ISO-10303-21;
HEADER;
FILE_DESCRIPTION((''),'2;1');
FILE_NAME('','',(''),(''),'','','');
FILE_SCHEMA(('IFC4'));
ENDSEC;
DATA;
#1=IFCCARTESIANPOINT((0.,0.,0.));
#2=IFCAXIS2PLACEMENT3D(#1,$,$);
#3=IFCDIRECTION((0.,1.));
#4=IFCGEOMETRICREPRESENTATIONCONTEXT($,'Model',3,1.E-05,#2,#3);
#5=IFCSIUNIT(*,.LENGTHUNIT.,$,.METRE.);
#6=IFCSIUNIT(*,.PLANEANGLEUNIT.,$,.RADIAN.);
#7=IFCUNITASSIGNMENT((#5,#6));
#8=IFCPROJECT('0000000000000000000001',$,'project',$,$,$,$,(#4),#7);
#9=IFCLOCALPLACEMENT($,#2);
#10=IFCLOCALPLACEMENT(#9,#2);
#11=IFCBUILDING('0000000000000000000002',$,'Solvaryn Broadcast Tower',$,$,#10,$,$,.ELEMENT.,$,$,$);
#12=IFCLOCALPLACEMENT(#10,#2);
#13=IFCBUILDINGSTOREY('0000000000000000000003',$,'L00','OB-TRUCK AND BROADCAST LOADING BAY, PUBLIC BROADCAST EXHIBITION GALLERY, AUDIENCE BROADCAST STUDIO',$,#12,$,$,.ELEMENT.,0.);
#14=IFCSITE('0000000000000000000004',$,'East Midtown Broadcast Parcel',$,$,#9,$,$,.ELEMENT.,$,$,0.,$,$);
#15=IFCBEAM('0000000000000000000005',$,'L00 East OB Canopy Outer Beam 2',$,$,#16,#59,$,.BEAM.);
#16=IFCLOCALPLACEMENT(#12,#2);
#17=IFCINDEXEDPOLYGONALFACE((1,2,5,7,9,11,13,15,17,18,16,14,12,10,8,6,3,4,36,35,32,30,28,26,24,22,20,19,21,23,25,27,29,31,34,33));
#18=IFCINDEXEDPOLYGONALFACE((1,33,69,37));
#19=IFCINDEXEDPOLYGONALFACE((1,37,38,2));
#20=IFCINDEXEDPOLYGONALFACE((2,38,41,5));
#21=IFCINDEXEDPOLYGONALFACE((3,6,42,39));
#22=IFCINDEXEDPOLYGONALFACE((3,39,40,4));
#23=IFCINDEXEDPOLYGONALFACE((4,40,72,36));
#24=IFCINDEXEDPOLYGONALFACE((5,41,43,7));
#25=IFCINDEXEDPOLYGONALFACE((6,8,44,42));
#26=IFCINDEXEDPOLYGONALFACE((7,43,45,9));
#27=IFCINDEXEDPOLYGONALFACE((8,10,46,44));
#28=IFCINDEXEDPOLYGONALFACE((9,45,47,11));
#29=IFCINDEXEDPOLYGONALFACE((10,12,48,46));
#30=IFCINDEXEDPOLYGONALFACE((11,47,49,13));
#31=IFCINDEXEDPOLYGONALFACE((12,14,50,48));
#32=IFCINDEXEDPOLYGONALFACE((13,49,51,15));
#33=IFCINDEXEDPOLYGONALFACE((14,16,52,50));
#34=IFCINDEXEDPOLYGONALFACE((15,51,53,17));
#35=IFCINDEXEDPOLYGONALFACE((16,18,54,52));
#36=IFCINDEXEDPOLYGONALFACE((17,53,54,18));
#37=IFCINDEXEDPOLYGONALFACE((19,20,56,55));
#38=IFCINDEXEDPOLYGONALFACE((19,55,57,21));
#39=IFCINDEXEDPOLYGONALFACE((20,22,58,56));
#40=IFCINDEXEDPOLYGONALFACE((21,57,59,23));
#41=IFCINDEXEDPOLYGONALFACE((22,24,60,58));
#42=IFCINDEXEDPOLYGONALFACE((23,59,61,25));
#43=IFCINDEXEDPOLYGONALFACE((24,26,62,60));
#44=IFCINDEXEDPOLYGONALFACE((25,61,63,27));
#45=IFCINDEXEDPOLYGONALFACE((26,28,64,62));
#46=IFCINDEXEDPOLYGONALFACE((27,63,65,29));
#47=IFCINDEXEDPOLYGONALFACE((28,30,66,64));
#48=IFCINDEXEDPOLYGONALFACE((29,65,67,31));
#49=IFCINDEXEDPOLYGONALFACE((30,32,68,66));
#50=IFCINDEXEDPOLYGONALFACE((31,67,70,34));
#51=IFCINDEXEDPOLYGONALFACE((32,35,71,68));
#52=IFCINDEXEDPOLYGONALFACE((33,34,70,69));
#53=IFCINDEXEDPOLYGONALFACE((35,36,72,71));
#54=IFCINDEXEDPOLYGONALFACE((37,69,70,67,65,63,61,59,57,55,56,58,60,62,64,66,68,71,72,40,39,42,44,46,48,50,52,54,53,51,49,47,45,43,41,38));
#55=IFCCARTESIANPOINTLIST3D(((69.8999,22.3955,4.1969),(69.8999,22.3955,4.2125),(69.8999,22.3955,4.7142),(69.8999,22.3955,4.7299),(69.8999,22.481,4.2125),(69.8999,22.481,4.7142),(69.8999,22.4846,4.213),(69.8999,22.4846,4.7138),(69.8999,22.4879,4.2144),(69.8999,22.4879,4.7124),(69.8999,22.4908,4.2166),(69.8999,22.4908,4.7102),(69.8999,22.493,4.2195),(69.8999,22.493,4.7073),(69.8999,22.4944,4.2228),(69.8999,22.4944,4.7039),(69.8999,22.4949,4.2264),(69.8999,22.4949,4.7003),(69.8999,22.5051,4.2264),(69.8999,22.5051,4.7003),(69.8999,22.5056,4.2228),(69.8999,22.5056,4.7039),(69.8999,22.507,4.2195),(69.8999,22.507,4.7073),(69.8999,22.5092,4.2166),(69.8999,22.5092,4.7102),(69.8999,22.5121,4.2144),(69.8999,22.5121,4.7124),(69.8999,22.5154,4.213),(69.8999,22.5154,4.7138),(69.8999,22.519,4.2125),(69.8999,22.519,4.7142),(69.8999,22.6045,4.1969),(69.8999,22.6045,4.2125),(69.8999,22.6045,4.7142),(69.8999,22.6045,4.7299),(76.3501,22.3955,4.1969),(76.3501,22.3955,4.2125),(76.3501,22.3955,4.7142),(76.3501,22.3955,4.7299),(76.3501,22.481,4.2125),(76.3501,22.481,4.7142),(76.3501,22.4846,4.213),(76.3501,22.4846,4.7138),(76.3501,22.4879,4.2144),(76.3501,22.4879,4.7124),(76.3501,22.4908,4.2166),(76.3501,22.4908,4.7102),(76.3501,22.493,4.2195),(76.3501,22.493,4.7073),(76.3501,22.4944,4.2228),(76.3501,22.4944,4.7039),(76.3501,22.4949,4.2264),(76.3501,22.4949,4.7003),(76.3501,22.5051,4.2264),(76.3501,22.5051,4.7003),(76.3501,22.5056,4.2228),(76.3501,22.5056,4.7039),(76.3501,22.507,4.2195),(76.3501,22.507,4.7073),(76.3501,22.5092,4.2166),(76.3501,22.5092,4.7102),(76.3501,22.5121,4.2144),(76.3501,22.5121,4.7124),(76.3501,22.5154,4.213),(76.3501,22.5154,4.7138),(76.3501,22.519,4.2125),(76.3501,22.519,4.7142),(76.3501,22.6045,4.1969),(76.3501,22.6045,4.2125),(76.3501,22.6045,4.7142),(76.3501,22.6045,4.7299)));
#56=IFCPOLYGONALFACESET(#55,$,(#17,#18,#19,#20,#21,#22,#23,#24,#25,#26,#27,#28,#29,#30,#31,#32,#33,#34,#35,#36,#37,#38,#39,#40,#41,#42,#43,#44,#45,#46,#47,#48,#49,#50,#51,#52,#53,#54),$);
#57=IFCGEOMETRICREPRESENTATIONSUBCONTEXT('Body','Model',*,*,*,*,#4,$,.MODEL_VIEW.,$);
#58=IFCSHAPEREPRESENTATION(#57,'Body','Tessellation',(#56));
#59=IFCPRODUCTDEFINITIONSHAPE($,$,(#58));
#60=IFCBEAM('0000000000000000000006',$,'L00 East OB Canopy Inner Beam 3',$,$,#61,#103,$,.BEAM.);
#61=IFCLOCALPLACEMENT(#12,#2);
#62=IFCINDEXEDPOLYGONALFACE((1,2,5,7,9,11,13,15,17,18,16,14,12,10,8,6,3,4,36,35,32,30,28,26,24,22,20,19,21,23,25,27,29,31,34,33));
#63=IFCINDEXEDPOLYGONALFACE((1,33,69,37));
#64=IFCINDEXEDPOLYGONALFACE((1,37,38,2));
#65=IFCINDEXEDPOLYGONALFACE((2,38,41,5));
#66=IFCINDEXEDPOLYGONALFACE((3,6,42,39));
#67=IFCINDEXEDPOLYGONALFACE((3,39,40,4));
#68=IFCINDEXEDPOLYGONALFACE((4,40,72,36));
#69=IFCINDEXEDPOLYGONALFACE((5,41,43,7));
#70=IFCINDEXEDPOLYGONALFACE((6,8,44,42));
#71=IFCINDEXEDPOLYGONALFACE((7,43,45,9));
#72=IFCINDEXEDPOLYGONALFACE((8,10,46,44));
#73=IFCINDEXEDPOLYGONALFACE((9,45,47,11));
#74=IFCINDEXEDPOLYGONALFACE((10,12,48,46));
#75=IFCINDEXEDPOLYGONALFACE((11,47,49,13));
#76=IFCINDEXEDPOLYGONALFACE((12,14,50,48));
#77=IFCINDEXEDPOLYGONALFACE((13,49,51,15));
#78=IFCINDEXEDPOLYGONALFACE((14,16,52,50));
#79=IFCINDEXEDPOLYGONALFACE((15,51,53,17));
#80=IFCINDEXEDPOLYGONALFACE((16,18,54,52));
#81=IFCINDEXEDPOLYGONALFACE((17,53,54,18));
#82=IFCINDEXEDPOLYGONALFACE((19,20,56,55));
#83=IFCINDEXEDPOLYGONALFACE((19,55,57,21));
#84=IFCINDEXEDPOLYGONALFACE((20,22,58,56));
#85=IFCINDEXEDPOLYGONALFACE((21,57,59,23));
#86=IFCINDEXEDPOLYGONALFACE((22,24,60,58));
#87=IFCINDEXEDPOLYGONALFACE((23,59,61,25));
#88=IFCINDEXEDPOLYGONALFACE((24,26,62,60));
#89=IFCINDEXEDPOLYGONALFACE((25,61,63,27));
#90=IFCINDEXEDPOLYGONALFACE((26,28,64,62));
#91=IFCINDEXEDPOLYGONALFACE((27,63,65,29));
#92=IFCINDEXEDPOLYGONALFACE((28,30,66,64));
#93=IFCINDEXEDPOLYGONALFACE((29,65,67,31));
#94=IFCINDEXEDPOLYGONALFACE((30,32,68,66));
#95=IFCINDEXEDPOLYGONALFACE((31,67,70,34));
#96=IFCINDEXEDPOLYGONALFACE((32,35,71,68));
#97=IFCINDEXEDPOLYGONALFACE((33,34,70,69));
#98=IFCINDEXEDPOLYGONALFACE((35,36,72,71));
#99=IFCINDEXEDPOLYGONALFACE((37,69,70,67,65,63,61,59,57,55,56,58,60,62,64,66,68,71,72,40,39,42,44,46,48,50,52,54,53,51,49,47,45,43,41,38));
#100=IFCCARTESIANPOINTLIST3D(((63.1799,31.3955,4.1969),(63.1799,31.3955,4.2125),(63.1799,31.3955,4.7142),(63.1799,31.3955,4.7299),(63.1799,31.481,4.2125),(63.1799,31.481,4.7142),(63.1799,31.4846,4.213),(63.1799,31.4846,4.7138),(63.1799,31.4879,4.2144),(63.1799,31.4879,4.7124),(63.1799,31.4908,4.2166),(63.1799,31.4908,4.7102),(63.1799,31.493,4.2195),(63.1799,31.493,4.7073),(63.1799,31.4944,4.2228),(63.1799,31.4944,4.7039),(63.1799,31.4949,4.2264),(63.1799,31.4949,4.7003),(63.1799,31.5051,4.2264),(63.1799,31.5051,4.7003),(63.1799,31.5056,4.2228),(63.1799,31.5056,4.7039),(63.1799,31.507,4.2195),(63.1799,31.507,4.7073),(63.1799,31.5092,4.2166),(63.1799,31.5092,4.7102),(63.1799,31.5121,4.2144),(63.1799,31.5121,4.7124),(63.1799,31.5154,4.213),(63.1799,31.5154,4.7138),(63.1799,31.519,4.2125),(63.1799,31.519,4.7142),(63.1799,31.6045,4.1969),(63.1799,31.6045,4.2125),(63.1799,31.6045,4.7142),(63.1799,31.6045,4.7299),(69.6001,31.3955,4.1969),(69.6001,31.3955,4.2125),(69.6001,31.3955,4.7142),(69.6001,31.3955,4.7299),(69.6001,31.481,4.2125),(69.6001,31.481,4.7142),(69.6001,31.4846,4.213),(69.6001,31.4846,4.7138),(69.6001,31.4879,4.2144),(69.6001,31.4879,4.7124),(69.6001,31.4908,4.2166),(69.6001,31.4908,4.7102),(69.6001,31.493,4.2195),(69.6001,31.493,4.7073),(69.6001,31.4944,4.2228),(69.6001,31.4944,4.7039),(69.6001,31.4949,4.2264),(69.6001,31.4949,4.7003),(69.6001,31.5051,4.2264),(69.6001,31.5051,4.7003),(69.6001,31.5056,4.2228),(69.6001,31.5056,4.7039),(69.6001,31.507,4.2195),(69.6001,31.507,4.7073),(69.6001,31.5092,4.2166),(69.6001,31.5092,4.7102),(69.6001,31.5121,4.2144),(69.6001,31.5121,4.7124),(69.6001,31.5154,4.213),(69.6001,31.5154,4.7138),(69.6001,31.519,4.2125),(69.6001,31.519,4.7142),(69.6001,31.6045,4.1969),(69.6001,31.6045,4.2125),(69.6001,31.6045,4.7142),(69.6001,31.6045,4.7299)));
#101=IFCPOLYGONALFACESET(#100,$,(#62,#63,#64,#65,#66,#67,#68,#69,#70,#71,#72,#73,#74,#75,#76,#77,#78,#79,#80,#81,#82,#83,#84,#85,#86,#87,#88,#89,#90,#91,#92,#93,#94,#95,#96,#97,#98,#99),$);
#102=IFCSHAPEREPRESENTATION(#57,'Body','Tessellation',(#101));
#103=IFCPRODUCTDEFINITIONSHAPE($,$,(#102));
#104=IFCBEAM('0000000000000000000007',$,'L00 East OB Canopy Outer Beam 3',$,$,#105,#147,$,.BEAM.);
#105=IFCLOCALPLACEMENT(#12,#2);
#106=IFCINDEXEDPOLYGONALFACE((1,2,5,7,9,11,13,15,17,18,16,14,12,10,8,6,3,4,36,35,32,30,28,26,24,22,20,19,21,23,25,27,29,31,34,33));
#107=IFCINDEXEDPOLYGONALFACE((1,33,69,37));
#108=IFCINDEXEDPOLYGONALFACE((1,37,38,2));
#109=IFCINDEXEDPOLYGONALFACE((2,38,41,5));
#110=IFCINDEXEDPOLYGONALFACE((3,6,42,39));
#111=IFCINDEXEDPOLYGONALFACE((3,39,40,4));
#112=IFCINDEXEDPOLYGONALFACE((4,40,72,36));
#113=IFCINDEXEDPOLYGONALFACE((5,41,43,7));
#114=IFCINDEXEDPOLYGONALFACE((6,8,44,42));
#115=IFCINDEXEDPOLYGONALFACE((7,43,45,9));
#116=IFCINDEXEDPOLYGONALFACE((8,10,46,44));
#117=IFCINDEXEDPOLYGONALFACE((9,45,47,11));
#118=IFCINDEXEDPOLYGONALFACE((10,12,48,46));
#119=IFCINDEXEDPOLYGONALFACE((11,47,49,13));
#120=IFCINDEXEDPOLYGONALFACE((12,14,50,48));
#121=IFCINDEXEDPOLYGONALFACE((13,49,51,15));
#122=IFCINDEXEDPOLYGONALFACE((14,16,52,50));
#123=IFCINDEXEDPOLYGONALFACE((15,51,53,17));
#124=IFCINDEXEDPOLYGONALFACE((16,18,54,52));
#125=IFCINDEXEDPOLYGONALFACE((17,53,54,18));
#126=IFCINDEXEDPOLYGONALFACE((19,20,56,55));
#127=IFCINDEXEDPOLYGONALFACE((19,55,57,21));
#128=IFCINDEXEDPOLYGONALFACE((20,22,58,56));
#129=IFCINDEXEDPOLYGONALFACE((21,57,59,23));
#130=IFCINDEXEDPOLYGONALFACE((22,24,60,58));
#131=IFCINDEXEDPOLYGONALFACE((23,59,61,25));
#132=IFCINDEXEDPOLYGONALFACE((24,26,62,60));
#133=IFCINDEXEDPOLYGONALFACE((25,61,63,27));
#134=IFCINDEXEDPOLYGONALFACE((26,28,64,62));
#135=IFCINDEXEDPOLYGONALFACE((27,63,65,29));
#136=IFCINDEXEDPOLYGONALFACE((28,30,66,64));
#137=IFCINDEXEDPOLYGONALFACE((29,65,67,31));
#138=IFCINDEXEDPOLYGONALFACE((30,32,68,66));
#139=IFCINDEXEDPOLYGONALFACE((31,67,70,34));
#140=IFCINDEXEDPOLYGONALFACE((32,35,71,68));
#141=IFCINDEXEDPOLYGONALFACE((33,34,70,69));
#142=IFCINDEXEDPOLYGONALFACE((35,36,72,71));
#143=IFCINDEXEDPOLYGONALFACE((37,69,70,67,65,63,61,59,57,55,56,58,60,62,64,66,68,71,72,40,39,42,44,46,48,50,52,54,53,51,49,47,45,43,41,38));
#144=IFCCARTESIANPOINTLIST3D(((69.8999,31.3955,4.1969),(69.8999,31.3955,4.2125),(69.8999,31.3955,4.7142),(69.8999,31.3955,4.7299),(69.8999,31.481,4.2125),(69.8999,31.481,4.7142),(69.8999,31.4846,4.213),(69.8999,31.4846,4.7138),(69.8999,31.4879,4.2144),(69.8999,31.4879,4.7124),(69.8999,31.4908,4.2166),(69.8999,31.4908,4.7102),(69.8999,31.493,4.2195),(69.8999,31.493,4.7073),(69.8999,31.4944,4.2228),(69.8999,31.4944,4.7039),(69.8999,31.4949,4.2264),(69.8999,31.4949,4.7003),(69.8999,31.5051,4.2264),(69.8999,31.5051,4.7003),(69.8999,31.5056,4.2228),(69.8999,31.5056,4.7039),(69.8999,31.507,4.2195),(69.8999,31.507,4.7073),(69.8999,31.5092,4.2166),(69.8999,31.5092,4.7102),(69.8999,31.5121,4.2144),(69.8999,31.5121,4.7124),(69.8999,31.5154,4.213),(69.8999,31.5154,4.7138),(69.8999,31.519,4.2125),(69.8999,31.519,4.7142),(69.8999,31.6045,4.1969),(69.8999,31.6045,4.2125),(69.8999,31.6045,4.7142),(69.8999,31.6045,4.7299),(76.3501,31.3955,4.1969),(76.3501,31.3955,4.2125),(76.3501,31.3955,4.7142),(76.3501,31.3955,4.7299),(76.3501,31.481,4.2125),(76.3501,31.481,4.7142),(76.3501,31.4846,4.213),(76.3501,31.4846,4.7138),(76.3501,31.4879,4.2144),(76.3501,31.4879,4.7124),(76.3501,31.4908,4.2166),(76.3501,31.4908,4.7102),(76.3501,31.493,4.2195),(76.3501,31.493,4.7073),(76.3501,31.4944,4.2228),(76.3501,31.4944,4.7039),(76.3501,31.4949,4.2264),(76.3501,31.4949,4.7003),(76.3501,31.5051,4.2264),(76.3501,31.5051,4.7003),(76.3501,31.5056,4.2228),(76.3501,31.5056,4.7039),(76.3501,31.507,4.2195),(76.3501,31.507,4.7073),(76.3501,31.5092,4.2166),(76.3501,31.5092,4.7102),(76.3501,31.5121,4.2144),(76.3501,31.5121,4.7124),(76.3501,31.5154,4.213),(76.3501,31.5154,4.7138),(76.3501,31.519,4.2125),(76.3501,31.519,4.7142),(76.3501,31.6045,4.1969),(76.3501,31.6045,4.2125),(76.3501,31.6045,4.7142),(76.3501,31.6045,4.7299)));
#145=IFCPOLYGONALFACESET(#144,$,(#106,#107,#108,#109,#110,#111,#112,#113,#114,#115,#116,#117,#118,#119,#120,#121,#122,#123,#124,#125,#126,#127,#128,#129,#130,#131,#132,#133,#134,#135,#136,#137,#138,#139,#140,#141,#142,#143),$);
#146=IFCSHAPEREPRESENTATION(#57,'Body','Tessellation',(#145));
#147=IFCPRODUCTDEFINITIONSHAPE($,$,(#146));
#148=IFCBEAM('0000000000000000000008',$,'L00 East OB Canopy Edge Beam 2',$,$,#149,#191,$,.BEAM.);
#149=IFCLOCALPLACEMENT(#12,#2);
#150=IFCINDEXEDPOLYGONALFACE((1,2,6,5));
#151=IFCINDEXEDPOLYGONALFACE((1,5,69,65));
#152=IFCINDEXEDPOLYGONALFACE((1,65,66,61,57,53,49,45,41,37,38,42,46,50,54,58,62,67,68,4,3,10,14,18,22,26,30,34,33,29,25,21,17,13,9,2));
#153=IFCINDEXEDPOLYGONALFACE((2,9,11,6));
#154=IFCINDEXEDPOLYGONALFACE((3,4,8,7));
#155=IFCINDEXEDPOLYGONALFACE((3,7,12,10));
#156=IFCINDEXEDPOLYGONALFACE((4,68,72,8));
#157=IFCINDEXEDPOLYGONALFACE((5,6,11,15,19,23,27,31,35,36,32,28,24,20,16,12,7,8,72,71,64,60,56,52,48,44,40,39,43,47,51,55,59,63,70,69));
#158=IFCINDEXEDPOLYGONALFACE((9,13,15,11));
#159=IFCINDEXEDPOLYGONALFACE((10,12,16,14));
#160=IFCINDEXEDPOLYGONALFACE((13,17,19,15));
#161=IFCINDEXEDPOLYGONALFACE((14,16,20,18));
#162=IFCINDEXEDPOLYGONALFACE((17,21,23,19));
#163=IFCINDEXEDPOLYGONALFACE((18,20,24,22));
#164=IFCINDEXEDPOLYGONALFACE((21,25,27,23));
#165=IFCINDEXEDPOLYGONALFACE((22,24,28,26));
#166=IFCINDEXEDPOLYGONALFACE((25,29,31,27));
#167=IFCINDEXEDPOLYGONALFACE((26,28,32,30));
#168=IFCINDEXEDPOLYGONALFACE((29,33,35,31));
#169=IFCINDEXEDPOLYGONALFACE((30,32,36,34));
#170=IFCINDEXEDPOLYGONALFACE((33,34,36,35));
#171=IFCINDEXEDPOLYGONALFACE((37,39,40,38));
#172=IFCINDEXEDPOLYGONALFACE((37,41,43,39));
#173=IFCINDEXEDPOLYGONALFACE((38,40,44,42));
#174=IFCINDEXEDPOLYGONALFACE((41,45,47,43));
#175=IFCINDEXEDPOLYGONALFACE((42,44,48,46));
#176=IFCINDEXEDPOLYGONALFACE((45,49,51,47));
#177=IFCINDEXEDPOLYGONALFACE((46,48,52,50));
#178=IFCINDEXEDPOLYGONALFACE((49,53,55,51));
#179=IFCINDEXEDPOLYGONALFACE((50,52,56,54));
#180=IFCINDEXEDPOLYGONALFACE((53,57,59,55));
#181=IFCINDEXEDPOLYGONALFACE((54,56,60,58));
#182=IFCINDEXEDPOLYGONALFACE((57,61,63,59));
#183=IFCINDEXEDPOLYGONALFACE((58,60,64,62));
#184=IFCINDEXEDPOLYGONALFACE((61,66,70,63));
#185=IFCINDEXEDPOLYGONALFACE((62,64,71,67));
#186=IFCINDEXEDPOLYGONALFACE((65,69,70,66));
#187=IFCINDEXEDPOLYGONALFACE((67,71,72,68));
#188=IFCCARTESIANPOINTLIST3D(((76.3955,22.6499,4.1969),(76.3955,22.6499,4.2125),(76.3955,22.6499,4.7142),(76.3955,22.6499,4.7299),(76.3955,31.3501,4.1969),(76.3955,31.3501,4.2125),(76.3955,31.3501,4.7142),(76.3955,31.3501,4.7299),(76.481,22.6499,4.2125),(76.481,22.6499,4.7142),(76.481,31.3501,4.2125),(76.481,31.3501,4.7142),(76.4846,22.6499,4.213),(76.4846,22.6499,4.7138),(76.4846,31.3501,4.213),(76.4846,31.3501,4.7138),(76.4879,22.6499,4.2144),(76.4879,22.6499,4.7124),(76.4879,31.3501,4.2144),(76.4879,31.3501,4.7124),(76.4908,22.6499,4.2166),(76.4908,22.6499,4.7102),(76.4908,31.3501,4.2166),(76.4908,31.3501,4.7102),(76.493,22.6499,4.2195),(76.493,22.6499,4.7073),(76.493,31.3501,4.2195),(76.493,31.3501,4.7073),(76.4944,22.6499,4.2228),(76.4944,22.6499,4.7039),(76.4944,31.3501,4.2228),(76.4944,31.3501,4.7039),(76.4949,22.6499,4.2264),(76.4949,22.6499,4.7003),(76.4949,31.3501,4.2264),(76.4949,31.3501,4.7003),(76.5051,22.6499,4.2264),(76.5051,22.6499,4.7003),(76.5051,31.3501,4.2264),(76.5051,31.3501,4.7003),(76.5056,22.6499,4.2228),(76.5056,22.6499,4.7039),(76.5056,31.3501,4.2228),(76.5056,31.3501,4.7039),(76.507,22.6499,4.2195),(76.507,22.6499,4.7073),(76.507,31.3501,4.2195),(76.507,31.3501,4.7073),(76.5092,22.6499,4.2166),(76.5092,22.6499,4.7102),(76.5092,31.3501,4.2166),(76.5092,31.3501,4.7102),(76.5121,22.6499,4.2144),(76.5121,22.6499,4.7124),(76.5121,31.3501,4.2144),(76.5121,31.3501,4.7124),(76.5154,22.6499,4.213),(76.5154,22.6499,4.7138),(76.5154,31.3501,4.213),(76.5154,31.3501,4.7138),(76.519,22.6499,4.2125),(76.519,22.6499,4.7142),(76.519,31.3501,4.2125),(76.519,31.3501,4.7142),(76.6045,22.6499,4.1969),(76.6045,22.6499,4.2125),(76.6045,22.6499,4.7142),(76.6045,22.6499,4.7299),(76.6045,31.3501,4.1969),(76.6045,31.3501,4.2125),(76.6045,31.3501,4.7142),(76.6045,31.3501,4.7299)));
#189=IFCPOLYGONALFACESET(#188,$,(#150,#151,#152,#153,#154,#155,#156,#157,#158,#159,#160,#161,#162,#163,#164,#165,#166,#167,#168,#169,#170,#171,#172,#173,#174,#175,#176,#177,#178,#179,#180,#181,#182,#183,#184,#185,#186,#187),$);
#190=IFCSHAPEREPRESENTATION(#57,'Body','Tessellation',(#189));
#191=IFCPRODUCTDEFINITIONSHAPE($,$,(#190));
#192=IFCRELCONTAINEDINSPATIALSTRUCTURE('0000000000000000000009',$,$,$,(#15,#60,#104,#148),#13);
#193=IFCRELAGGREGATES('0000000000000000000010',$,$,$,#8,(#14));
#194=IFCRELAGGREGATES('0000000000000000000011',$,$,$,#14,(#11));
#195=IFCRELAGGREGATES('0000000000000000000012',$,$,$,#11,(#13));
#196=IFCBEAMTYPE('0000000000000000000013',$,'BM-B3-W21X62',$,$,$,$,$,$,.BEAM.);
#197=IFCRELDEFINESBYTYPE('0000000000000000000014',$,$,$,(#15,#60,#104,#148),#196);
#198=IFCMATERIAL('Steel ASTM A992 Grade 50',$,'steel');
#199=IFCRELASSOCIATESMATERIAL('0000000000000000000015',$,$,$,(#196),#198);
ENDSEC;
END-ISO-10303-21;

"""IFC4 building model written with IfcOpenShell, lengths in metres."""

from ifc_helpers import new_model, si_unit, direction, frame, origin, origin_2d, place, context, subcontext, project, spatial, i_section, extrude, material, material_profile, profile_set, type_object, element, save


model = new_model("IFC4")

# Units and contexts
model_context = context("Model", 3, precision=1e-05, world=origin(), true_north=direction((0.0, 1.0)))
body_context = subcontext(model_context, "Body", "Model", "MODEL_VIEW")
ifc_project = project(units=[si_unit("LENGTHUNIT", "METRE"), si_unit("PLANEANGLEUNIT", "RADIAN")], contexts=[model_context])

# Site, building, storey
site_placement = place(None, origin())
site = spatial("IfcSite", under=ifc_project, at=site_placement, Name="East Midtown Broadcast Parcel", CompositionType="ELEMENT", RefElevation=0.0)
building_placement = place(site_placement, origin())
building = spatial("IfcBuilding", under=site, at=building_placement, Name="Solvaryn Broadcast Tower", CompositionType="ELEMENT")
storey_placement = place(building_placement, origin())
storey = spatial("IfcBuildingStorey", under=building, at=storey_placement, Name="L00", Description="OB-TRUCK AND BROADCAST LOADING BAY, PUBLIC BROADCAST EXHIBITION GALLERY, AUDIENCE BROADCAST STUDIO", CompositionType="ELEMENT", Elevation=0.0)

# Beams
ifc_material_1 = material(Name="Steel ASTM A992 Grade 50", Category="steel")
ifc_material_profile_1 = material_profile(ifc_material_1, i_section(OverallWidth=0.209, OverallDepth=0.533, WebThickness=0.0103, FlangeThickness=0.0156, FilletRadius=0.0139, at=origin_2d()))
ifc_profile_set_1 = profile_set([ifc_material_profile_1], Name="Steel ASTM A992 Grade 50")
beam_type_1 = type_object("IfcBeamType", Name="BM-B3-W21X62", PredefinedType="BEAM", material=ifc_profile_set_1)
beam_1_placement = place(storey_placement, frame((69.8999, 22.5, 4.4634), z_axis=(1.0, 0.0, 0.0), x_axis=(0.0, 1.0, 0.0)))
element("IfcBeam", 1, at=beam_1_placement, inside=storey, type_object=beam_type_1, Name="L00 East OB Canopy Outer Beam 2", PredefinedType="BEAM", context=body_context, shape_type="SweptSolid", body=[
    extrude(i_section(OverallWidth=0.209, OverallDepth=0.533, WebThickness=0.0103, FlangeThickness=0.0156, FilletRadius=0.0139, at=origin_2d()), origin(), (0.0, 0.0, 1.0), 6.4502),
])
beam_2_placement = place(storey_placement, frame((63.1799, 31.5, 4.4634), z_axis=(1.0, 0.0, 0.0), x_axis=(0.0, 1.0, 0.0)))
element("IfcBeam", 2, at=beam_2_placement, inside=storey, type_object=beam_type_1, Name="L00 East OB Canopy Inner Beam 3", PredefinedType="BEAM", context=body_context, shape_type="SweptSolid", body=[
    extrude(i_section(OverallWidth=0.209, OverallDepth=0.533, WebThickness=0.0103, FlangeThickness=0.0156, FilletRadius=0.0139, at=origin_2d()), origin(), (0.0, 0.0, 1.0), 6.4202),
])
beam_3_placement = place(storey_placement, frame((69.8999, 31.5, 4.4634), z_axis=(1.0, 0.0, 0.0), x_axis=(0.0, 1.0, 0.0)))
element("IfcBeam", 3, at=beam_3_placement, inside=storey, type_object=beam_type_1, Name="L00 East OB Canopy Outer Beam 3", PredefinedType="BEAM", context=body_context, shape_type="SweptSolid", body=[
    extrude(i_section(OverallWidth=0.209, OverallDepth=0.533, WebThickness=0.0103, FlangeThickness=0.0156, FilletRadius=0.0139, at=origin_2d()), origin(), (0.0, 0.0, 1.0), 6.4502),
])
for number, where, z_axis, x_axis, name in (
    (4, (76.5, 22.6499, 4.4634), (0.0, 1.0, 0.0), (-1.0, 0.0, 0.0), "L00 East OB Canopy Edge Beam 2"),
):
    element("IfcBeam", number, at=place(storey_placement, frame(where, z_axis=z_axis, x_axis=x_axis)), inside=storey, type_object=beam_type_1, Name=name, PredefinedType="BEAM", context=body_context, shape_type="SweptSolid", body=[
        extrude(i_section(OverallWidth=0.209, OverallDepth=0.533, WebThickness=0.0103, FlangeThickness=0.0156, FilletRadius=0.0139, at=origin_2d()), origin(), (0.0, 0.0, 1.0), 8.7002),
    ])

save(model, "model.ifc")
